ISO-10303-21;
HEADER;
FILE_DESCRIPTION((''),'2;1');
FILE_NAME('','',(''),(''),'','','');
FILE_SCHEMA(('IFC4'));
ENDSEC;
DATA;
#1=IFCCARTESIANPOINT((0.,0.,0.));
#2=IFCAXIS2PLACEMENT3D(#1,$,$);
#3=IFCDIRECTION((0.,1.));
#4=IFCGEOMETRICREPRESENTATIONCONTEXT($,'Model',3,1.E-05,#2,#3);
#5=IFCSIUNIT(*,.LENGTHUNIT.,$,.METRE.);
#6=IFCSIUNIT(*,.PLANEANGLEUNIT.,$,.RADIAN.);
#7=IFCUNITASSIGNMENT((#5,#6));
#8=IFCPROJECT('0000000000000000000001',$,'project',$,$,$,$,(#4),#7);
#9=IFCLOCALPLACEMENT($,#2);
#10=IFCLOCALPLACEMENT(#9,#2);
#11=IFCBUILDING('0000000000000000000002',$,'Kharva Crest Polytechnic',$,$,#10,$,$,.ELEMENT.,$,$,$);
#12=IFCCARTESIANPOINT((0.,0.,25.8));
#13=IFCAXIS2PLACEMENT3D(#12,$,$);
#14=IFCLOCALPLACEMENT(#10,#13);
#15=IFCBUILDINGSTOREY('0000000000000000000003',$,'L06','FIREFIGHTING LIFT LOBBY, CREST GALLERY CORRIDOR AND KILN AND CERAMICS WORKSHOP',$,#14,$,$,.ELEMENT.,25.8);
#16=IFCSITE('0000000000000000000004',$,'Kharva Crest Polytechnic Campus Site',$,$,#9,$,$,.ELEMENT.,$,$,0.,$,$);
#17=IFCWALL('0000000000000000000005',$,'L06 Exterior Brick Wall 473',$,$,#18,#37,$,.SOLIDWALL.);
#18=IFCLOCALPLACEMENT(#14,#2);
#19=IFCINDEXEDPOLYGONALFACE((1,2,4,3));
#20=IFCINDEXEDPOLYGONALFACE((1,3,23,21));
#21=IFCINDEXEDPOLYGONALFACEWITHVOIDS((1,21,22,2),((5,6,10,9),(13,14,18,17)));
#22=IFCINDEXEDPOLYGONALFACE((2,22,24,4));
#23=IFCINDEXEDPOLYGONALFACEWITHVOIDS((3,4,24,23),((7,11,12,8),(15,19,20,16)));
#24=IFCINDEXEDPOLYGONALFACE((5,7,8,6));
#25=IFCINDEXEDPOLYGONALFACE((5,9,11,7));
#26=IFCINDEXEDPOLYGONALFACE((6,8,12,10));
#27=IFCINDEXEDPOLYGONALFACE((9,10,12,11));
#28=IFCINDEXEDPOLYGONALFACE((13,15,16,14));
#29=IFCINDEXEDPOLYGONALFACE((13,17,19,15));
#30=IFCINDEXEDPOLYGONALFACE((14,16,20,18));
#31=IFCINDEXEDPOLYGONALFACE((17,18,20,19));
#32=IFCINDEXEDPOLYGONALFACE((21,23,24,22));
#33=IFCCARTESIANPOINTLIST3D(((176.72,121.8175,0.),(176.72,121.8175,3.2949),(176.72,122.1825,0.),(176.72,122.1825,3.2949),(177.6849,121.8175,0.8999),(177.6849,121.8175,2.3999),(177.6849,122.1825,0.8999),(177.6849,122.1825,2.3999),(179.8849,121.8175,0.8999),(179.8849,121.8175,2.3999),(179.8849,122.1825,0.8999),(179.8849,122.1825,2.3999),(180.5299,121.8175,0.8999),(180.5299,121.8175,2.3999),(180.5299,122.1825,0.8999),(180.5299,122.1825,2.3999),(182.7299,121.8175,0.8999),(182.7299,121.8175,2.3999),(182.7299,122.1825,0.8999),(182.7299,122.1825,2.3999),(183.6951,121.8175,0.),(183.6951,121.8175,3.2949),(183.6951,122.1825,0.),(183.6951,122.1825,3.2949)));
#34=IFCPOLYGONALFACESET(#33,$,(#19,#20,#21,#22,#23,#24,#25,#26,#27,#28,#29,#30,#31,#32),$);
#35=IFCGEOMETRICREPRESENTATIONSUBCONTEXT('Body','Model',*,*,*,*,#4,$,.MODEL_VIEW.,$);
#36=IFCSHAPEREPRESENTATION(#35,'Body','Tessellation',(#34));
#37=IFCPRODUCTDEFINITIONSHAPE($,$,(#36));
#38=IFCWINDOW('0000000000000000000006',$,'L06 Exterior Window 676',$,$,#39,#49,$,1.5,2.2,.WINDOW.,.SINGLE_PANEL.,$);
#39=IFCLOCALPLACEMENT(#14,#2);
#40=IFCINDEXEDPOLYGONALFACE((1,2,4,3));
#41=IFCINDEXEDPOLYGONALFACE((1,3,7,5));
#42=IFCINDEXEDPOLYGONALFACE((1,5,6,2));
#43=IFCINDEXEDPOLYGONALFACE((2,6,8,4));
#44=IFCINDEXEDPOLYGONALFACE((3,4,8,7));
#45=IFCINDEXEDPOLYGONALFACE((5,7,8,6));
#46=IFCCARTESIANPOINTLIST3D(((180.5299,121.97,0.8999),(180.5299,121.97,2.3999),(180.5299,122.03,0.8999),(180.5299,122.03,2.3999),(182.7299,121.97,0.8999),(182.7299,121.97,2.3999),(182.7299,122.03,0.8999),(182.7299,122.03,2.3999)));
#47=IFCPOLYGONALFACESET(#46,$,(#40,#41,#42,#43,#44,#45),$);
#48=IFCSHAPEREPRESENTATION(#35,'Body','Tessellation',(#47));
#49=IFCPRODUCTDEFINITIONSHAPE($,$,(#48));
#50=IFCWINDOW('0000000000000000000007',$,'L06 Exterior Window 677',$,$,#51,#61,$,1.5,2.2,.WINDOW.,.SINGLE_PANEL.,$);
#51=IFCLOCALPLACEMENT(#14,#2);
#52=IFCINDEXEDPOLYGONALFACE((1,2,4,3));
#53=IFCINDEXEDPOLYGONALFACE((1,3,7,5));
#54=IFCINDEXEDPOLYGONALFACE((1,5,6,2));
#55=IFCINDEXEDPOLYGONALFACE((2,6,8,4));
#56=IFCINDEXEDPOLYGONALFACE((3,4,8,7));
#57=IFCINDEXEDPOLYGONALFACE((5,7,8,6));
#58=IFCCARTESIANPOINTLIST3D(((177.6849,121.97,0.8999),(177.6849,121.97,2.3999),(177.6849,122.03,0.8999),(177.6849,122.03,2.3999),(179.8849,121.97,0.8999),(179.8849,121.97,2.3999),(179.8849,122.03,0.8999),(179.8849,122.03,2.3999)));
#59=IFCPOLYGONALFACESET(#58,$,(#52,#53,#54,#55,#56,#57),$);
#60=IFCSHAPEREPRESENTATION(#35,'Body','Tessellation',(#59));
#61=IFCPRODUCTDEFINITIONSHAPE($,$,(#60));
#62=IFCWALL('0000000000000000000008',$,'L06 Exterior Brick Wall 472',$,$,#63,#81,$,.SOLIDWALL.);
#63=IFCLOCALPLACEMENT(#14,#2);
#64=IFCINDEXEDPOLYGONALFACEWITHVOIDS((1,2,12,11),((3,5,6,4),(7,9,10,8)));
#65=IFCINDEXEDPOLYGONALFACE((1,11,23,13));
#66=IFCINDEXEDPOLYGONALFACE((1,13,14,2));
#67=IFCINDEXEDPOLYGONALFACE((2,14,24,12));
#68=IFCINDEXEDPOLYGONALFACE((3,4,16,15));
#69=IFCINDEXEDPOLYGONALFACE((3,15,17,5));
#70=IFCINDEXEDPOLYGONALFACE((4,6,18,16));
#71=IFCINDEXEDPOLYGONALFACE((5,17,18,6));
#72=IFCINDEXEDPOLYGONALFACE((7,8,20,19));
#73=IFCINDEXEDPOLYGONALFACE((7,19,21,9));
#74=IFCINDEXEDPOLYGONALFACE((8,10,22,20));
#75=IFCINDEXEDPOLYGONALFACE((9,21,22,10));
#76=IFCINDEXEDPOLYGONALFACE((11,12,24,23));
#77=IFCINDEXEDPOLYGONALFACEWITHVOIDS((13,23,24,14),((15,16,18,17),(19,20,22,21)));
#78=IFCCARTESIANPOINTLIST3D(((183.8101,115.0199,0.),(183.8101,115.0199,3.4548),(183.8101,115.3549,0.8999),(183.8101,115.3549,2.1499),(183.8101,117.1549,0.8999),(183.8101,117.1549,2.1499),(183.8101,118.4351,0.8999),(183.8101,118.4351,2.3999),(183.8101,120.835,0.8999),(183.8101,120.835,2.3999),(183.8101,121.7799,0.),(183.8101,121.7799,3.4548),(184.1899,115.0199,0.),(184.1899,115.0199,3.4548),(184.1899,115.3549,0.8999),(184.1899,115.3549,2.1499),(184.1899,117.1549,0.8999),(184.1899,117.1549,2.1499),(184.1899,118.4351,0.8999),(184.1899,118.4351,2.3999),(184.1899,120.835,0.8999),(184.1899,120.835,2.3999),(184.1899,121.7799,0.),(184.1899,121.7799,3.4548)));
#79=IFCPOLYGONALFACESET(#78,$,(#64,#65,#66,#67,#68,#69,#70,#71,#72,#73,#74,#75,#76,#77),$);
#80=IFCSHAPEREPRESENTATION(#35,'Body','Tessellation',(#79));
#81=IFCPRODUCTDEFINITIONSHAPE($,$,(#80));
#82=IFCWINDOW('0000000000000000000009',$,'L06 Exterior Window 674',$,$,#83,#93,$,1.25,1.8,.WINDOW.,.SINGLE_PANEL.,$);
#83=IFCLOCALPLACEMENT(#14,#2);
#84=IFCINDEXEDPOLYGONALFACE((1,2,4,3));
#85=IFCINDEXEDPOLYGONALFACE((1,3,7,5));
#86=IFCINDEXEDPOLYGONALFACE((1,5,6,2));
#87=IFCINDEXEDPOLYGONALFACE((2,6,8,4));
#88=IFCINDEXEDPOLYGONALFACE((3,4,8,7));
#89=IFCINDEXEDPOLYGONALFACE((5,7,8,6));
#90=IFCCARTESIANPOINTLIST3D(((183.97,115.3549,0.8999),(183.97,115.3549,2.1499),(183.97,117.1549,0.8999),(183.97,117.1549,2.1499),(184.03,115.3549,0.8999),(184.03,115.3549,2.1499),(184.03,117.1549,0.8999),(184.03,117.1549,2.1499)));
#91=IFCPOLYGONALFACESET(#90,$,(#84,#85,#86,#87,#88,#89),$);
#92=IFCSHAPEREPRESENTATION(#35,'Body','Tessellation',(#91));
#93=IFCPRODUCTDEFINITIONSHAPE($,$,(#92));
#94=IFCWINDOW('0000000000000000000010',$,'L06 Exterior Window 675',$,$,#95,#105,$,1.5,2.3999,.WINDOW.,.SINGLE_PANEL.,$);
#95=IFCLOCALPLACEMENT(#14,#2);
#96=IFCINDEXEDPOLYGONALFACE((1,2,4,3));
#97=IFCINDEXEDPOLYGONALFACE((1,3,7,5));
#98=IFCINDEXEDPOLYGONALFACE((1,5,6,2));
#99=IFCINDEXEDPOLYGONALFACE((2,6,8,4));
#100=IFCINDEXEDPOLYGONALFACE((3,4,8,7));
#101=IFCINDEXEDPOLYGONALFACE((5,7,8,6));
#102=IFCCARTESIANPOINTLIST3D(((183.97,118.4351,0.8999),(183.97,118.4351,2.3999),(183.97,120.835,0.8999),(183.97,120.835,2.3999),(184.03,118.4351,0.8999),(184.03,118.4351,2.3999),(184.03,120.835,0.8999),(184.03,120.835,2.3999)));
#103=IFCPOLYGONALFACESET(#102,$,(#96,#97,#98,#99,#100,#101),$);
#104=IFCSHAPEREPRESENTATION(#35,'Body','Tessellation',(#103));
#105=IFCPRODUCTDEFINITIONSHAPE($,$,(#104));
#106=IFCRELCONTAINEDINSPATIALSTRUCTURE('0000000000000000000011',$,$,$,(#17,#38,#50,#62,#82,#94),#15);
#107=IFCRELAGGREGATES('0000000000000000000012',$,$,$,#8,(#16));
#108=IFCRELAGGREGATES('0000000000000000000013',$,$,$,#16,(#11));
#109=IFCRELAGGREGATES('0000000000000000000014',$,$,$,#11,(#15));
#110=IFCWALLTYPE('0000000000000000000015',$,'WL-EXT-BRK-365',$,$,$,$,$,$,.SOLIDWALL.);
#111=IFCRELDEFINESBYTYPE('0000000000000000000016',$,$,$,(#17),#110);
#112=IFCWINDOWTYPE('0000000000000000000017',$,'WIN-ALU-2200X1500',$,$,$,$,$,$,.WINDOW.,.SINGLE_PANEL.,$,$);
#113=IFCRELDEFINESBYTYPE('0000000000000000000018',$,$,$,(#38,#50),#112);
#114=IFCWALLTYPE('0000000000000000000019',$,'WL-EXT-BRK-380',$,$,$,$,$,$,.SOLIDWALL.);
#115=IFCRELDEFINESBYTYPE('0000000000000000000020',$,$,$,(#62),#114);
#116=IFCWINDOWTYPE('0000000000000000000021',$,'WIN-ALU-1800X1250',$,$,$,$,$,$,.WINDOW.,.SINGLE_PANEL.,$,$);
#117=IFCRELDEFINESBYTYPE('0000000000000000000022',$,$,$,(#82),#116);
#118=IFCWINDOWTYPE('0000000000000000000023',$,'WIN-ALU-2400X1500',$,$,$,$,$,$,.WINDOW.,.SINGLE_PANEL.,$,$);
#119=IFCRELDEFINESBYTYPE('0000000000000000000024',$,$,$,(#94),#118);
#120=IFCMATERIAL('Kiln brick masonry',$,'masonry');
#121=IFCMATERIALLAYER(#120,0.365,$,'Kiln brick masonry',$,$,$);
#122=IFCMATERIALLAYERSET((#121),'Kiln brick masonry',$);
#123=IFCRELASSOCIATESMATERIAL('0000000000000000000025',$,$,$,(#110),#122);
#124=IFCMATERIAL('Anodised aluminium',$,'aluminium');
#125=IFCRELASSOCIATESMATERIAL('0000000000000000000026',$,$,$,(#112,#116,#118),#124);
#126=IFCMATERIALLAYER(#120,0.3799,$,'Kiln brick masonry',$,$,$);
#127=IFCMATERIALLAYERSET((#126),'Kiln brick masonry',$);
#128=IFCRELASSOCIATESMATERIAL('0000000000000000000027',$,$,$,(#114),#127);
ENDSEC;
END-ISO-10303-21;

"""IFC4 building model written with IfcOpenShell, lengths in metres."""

from ifc_helpers import new_model, si_unit, direction, frame, frame_2d, origin, place, context, subcontext, project, spatial, rectangle, extrude, material, layer, layer_set, type_object, element, fill, save


model = new_model("IFC4")

# Units and contexts
model_context = context("Model", 3, precision=1e-05, world=origin(), true_north=direction((0.0, 1.0)))
body_context = subcontext(model_context, "Body", "Model", "MODEL_VIEW")
ifc_project = project(units=[si_unit("LENGTHUNIT", "METRE"), si_unit("PLANEANGLEUNIT", "RADIAN")], contexts=[model_context])

# Site, building, storey
site_placement = place(None, origin())
site = spatial("IfcSite", under=ifc_project, at=site_placement, Name="Kharva Crest Polytechnic Campus Site", CompositionType="ELEMENT", RefElevation=0.0)
building_placement = place(site_placement, origin())
building = spatial("IfcBuilding", under=site, at=building_placement, Name="Kharva Crest Polytechnic", CompositionType="ELEMENT")
storey_placement = place(building_placement, frame((0.0, 0.0, 25.8)))
storey = spatial("IfcBuildingStorey", under=building, at=storey_placement, Name="L06", Description="FIREFIGHTING LIFT LOBBY, CREST GALLERY CORRIDOR AND KILN AND CERAMICS WORKSHOP", CompositionType="ELEMENT", Elevation=25.8)

# Walls, openings, windows
ifc_material_1 = material(Name="Kiln brick masonry", Category="masonry")
ifc_material_2 = material(Name="Anodised aluminium", Category="aluminium")
ifc_layer_1 = layer(ifc_material_1, 0.365, Name="Kiln brick masonry")
ifc_layer_set_1 = layer_set([ifc_layer_1], Name="Kiln brick masonry")
wall_type_1 = type_object("IfcWallType", Name="WL-EXT-BRK-365", PredefinedType="SOLIDWALL", material=ifc_layer_set_1)
wall_1_placement = place(storey_placement, frame((183.6951, 122.0, 0.0), z_axis=(0.0, 0.0, 1.0), x_axis=(-1.0, 0.0, 0.0)))
wall_1 = element("IfcWall", 1, at=wall_1_placement, inside=storey, type_object=wall_type_1, Name="L06 Exterior Brick Wall 473", PredefinedType="SOLIDWALL", context=body_context, shape_type="SweptSolid", body=[
    extrude(rectangle(XDim=6.9751, YDim=0.365, at=frame_2d((3.4875, 0.0))), origin(), (0.0, 0.0, 1.0), 3.2949),
])
opening_1_placement = place(wall_1_placement, frame((0.9651, 0.0, 0.8999)))
opening_1 = element("IfcOpeningElement", 2, at=opening_1_placement, cuts=wall_1, PredefinedType="OPENING", context=body_context, shape_type="SweptSolid", body=[
    extrude(rectangle(XDim=2.2, YDim=1.5, at=frame_2d((1.1001, 0.75))), frame((0.0, 0.1924, 0.0), z_axis=(0.0, -1.0, 0.0), x_axis=(1.0, 0.0, 0.0)), (0.0, 0.0, 1.0), 0.385),
])
opening_2_placement = place(wall_1_placement, frame((3.8101, 0.0, 0.8999)))
opening_2 = element("IfcOpeningElement", 3, at=opening_2_placement, cuts=wall_1, PredefinedType="OPENING", context=body_context, shape_type="SweptSolid", body=[
    extrude(rectangle(XDim=2.2, YDim=1.5, at=frame_2d((1.1001, 0.75))), frame((0.0, 0.1924, 0.0), z_axis=(0.0, -1.0, 0.0), x_axis=(1.0, 0.0, 0.0)), (0.0, 0.0, 1.0), 0.385),
])
window_type_1 = type_object("IfcWindowType", Name="WIN-ALU-2200X1500", PartitioningType="SINGLE_PANEL", PredefinedType="WINDOW", material=ifc_material_2)
window_1_placement = place(opening_1_placement, origin())
window_1 = element("IfcWindow", 4, at=window_1_placement, inside=storey, type_object=window_type_1, Name="L06 Exterior Window 676", OverallHeight=1.5, OverallWidth=2.2, PartitioningType="SINGLE_PANEL", PredefinedType="WINDOW", context=body_context, shape_type="SweptSolid", body=[
    extrude(rectangle(XDim=2.2, YDim=1.5, at=frame_2d((1.1001, 0.75))), frame((0.0, 0.03, 0.0), z_axis=(0.0, -1.0, 0.0), x_axis=(1.0, 0.0, 0.0)), (0.0, 0.0, 1.0), 0.0601),
])
fill(opening_1, window_1)
window_2_placement = place(opening_2_placement, origin())
window_2 = element("IfcWindow", 5, at=window_2_placement, inside=storey, type_object=window_type_1, Name="L06 Exterior Window 677", OverallHeight=1.5, OverallWidth=2.2, PartitioningType="SINGLE_PANEL", PredefinedType="WINDOW", context=body_context, shape_type="SweptSolid", body=[
    extrude(rectangle(XDim=2.2, YDim=1.5, at=frame_2d((1.1001, 0.75))), frame((0.0, 0.03, 0.0), z_axis=(0.0, -1.0, 0.0), x_axis=(1.0, 0.0, 0.0)), (0.0, 0.0, 1.0), 0.0601),
])
fill(opening_2, window_2)
ifc_layer_2 = layer(ifc_material_1, 0.3799, Name="Kiln brick masonry")
ifc_layer_set_2 = layer_set([ifc_layer_2], Name="Kiln brick masonry")
wall_type_2 = type_object("IfcWallType", Name="WL-EXT-BRK-380", PredefinedType="SOLIDWALL", material=ifc_layer_set_2)
wall_2_placement = place(storey_placement, frame((184.0, 115.02, 0.0), z_axis=(0.0, 0.0, 1.0), x_axis=(0.0, 1.0, 0.0)))
wall_2 = element("IfcWall", 6, at=wall_2_placement, inside=storey, type_object=wall_type_2, Name="L06 Exterior Brick Wall 472", PredefinedType="SOLIDWALL", context=body_context, shape_type="SweptSolid", body=[
    extrude(rectangle(XDim=6.76, YDim=0.3799, at=frame_2d((3.3799, 0.0))), origin(), (0.0, 0.0, 1.0), 3.4548),
])
opening_3_placement = place(wall_2_placement, frame((0.335, 0.0, 0.8999)))
opening_3 = element("IfcOpeningElement", 7, at=opening_3_placement, cuts=wall_2, PredefinedType="OPENING", context=body_context, shape_type="SweptSolid", body=[
    extrude(rectangle(XDim=1.8, YDim=1.25, at=frame_2d((0.8999, 0.625))), frame((0.0, 0.2, 0.0), z_axis=(0.0, -1.0, 0.0), x_axis=(1.0, 0.0, 0.0)), (0.0, 0.0, 1.0), 0.3999),
])
opening_4_placement = place(wall_2_placement, frame((3.415, 0.0, 0.8999)))
opening_4 = element("IfcOpeningElement", 8, at=opening_4_placement, cuts=wall_2, PredefinedType="OPENING", context=body_context, shape_type="SweptSolid", body=[
    extrude(rectangle(XDim=2.3999, YDim=1.5, at=frame_2d((1.2, 0.75))), frame((0.0, 0.2, 0.0), z_axis=(0.0, -1.0, 0.0), x_axis=(1.0, 0.0, 0.0)), (0.0, 0.0, 1.0), 0.3999),
])
window_type_2 = type_object("IfcWindowType", Name="WIN-ALU-1800X1250", PartitioningType="SINGLE_PANEL", PredefinedType="WINDOW", material=ifc_material_2)
window_3_placement = place(opening_3_placement, origin())
window_3 = element("IfcWindow", 9, at=window_3_placement, inside=storey, type_object=window_type_2, Name="L06 Exterior Window 674", OverallHeight=1.25, OverallWidth=1.8, PartitioningType="SINGLE_PANEL", PredefinedType="WINDOW", context=body_context, shape_type="SweptSolid", body=[
    extrude(rectangle(XDim=1.8, YDim=1.25, at=frame_2d((0.8999, 0.625))), frame((0.0, 0.03, 0.0), z_axis=(0.0, -1.0, 0.0), x_axis=(1.0, 0.0, 0.0)), (0.0, 0.0, 1.0), 0.0601),
])
fill(opening_3, window_3)
window_type_3 = type_object("IfcWindowType", Name="WIN-ALU-2400X1500", PartitioningType="SINGLE_PANEL", PredefinedType="WINDOW", material=ifc_material_2)
window_4_placement = place(opening_4_placement, origin())
window_4 = element("IfcWindow", 10, at=window_4_placement, inside=storey, type_object=window_type_3, Name="L06 Exterior Window 675", OverallHeight=1.5, OverallWidth=2.3999, PartitioningType="SINGLE_PANEL", PredefinedType="WINDOW", context=body_context, shape_type="SweptSolid", body=[
    extrude(rectangle(XDim=2.3999, YDim=1.5, at=frame_2d((1.2, 0.75))), frame((0.0, 0.03, 0.0), z_axis=(0.0, -1.0, 0.0), x_axis=(1.0, 0.0, 0.0)), (0.0, 0.0, 1.0), 0.0601),
])
fill(opening_4, window_4)

save(model, "model.ifc")
